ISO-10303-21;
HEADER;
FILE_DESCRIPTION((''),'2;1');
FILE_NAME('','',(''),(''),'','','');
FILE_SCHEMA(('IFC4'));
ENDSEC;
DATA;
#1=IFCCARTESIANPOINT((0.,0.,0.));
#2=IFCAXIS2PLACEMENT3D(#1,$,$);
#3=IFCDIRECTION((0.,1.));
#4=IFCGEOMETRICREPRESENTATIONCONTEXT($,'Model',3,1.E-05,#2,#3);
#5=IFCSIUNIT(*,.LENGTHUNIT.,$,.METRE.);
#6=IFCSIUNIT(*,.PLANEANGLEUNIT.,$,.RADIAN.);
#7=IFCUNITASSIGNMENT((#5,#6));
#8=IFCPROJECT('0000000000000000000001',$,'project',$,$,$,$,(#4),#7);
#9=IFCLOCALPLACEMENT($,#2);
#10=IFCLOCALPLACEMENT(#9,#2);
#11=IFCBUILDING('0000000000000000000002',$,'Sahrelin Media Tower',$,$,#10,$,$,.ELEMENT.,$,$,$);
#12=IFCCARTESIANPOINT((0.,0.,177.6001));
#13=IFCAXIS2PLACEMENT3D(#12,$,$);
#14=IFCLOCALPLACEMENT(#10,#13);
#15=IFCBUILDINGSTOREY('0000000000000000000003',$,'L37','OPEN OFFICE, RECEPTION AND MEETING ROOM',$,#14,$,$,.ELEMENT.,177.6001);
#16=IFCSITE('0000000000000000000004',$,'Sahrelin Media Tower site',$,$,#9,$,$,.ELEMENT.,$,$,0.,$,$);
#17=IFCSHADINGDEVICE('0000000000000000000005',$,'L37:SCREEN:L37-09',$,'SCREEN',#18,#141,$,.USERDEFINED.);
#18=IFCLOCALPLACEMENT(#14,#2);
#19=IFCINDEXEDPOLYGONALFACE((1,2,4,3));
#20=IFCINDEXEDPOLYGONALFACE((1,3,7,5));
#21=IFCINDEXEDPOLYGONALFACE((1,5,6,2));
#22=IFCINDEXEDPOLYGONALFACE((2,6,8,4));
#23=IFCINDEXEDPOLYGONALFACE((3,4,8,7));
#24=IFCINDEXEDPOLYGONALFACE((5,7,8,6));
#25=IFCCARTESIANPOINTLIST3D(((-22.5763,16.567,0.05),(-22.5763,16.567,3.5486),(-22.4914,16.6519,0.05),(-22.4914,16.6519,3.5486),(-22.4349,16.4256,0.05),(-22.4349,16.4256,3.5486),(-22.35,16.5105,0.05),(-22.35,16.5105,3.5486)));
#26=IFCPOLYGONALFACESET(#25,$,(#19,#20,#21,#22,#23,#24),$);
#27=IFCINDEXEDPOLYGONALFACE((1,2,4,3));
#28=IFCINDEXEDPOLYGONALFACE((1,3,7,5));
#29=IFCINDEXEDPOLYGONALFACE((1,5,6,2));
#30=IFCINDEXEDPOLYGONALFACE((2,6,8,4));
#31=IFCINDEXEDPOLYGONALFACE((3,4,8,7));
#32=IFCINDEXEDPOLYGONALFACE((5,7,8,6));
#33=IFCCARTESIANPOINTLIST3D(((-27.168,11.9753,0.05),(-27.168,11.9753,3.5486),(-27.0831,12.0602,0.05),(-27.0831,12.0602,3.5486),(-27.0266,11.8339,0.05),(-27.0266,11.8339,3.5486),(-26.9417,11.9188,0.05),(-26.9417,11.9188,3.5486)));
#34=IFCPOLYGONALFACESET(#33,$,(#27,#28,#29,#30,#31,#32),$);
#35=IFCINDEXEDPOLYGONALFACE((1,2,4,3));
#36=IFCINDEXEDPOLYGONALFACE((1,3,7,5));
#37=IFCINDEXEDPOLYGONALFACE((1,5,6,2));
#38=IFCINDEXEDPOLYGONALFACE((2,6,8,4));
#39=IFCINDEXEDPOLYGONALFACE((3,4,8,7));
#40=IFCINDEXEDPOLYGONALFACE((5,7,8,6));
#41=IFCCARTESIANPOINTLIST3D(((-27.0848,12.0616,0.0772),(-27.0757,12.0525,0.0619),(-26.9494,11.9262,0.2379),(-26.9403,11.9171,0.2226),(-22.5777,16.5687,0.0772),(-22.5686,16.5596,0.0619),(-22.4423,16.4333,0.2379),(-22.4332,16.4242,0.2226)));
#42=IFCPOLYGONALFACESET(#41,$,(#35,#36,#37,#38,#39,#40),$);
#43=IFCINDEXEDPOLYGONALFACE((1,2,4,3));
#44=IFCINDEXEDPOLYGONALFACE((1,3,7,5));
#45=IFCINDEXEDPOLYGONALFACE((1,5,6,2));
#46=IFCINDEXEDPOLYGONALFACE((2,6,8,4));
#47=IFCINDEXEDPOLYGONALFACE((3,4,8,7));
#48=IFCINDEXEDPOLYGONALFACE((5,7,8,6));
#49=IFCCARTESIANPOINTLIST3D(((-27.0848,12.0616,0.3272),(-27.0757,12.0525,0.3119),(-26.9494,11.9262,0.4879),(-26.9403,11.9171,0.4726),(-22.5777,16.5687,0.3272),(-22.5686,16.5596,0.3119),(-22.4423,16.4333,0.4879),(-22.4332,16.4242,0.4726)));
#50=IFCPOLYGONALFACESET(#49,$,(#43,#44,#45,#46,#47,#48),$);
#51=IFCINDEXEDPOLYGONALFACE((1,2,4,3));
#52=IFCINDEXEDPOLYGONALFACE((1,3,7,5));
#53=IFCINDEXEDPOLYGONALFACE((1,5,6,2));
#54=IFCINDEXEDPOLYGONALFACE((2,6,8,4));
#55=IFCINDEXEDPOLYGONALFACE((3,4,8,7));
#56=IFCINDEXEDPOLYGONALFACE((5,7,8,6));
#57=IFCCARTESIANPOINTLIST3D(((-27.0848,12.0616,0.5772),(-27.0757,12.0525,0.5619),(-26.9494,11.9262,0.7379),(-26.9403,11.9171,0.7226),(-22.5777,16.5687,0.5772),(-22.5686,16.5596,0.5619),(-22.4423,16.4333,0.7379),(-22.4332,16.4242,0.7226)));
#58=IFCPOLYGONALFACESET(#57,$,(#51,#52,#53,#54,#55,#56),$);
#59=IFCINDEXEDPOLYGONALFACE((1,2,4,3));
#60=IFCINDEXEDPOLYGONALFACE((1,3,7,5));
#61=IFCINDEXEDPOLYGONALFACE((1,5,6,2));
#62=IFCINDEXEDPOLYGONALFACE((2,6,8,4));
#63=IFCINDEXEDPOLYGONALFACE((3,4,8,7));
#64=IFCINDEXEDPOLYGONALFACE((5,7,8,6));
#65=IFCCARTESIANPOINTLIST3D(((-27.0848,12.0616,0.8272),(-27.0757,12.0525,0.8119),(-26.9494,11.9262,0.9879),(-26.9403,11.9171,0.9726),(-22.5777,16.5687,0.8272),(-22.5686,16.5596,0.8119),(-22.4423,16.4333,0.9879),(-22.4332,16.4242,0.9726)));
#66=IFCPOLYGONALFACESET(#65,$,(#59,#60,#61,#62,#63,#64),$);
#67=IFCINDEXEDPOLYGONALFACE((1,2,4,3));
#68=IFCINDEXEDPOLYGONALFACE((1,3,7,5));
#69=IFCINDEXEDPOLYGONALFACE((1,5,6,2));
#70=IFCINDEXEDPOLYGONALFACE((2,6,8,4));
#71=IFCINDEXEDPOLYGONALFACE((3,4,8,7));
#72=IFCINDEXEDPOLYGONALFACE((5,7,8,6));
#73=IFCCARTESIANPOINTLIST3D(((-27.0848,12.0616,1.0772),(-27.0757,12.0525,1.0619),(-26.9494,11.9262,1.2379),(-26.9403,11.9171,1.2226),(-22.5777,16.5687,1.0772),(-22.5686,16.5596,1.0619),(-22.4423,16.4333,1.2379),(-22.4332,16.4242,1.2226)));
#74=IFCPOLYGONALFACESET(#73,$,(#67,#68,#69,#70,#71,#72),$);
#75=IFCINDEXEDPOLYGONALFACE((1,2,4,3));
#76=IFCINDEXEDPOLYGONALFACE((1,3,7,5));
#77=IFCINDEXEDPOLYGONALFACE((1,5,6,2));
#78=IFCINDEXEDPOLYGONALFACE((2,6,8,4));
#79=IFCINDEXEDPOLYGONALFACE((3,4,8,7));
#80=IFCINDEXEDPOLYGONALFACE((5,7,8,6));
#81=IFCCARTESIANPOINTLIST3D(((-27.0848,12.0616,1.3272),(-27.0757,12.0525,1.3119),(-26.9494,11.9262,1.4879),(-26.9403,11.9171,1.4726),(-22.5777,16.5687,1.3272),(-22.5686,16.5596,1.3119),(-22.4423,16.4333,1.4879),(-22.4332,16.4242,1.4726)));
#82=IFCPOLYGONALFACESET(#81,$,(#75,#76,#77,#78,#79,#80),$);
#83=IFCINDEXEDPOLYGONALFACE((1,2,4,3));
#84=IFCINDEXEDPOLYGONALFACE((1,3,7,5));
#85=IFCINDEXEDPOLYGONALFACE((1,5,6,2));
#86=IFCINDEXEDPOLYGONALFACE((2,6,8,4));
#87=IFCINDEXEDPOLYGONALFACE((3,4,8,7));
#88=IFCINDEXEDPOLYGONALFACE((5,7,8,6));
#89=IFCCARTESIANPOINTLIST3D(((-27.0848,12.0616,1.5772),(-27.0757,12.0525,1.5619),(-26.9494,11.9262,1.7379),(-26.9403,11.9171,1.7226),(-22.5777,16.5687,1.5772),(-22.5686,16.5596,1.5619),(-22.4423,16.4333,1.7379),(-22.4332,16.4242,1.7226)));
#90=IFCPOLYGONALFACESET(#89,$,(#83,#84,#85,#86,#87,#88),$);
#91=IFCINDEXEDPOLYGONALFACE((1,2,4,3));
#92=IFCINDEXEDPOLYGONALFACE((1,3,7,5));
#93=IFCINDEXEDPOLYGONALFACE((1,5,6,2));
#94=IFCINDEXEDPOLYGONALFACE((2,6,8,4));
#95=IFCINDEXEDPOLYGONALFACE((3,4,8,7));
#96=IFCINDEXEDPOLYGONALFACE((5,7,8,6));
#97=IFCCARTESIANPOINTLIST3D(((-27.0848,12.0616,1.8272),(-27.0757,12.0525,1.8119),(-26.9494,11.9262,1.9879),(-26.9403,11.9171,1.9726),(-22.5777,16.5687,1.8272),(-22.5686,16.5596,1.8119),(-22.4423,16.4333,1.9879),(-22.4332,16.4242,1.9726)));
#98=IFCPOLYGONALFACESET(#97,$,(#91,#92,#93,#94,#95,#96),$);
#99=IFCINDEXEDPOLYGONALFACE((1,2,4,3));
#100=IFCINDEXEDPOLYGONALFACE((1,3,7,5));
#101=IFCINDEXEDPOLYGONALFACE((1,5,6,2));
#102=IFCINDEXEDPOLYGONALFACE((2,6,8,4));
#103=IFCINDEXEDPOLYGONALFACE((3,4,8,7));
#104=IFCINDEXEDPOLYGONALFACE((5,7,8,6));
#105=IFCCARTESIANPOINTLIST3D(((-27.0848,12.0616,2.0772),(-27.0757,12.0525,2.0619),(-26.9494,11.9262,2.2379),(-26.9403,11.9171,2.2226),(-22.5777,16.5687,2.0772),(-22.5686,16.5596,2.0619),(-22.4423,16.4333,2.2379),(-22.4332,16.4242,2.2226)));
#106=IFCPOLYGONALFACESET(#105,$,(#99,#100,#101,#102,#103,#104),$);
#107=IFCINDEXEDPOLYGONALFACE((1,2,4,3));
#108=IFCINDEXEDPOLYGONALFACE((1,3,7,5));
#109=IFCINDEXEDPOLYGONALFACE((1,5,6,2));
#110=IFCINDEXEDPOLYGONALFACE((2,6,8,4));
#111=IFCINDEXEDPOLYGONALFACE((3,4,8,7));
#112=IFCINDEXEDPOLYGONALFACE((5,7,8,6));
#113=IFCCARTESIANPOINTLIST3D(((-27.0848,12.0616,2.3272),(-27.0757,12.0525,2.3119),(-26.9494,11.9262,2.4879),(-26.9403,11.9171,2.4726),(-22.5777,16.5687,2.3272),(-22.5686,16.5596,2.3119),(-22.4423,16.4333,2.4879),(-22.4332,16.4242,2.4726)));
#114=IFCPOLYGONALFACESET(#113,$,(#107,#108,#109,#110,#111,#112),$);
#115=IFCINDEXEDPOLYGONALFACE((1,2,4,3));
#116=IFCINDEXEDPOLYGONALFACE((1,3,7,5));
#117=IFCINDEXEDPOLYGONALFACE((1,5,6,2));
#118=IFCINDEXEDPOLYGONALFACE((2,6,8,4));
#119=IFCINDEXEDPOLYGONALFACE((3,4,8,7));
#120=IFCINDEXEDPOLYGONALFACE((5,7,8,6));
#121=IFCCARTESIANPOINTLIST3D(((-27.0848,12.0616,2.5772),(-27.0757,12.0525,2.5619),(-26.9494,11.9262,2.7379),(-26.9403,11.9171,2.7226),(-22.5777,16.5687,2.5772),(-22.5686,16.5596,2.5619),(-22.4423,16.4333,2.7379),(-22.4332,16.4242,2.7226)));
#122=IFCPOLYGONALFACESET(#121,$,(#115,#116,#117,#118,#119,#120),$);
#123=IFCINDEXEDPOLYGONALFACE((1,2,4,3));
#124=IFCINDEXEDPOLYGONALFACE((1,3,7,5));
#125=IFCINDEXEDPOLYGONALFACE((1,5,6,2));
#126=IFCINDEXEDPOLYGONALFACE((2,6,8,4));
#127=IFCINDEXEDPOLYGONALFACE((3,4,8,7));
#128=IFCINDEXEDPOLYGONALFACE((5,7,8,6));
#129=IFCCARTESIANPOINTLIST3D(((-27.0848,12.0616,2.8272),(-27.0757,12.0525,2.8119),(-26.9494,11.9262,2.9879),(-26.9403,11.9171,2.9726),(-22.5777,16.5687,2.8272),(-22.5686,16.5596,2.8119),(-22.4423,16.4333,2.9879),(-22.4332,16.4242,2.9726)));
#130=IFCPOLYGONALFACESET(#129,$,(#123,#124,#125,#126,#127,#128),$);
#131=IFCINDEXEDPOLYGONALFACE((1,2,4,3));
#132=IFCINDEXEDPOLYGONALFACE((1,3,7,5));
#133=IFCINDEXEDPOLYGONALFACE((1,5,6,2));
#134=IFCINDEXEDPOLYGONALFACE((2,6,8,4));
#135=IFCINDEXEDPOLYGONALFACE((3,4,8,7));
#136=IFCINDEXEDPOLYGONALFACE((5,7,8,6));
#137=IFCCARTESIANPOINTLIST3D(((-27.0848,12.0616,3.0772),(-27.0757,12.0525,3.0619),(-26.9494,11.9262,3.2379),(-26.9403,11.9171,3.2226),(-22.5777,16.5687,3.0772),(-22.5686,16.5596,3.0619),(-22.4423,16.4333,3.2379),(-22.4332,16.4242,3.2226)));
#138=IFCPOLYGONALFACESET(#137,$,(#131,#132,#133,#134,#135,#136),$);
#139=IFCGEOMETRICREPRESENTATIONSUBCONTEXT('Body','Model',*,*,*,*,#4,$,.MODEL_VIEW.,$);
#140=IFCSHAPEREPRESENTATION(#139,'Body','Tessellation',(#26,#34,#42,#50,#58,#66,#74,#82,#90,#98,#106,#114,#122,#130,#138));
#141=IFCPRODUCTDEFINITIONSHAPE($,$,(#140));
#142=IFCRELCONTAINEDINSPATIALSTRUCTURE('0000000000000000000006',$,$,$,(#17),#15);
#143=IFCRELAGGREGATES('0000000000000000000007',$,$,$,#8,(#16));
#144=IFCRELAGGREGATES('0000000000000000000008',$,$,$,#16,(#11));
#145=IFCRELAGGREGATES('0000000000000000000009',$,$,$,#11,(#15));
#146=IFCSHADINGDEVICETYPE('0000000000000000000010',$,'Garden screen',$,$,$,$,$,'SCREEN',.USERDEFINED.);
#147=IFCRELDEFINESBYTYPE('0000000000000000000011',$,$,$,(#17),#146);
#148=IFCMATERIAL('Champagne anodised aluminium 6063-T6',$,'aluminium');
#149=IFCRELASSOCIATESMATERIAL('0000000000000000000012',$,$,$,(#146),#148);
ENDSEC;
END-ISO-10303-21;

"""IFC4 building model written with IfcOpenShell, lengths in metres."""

from ifc_helpers import new_model, si_unit, direction, frame, origin, origin_2d, place, context, subcontext, project, spatial, rectangle, extrude, material, type_object, element, save


model = new_model("IFC4")

# Units and contexts
model_context = context("Model", 3, precision=1e-05, world=origin(), true_north=direction((0.0, 1.0)))
body_context = subcontext(model_context, "Body", "Model", "MODEL_VIEW")
ifc_project = project(units=[si_unit("LENGTHUNIT", "METRE"), si_unit("PLANEANGLEUNIT", "RADIAN")], contexts=[model_context])

# Site, building, storey
site_placement = place(None, origin())
site = spatial("IfcSite", under=ifc_project, at=site_placement, Name="Sahrelin Media Tower site", CompositionType="ELEMENT", RefElevation=0.0)
building_placement = place(site_placement, origin())
building = spatial("IfcBuilding", under=site, at=building_placement, Name="Sahrelin Media Tower", CompositionType="ELEMENT")
storey_placement = place(building_placement, frame((0.0, 0.0, 177.6001)))
storey = spatial("IfcBuildingStorey", under=building, at=storey_placement, Name="L37", Description="OPEN OFFICE, RECEPTION AND MEETING ROOM", CompositionType="ELEMENT", Elevation=177.6001)

# Shading device
ifc_material_1 = material(Name="Champagne anodised aluminium 6063-T6", Category="aluminium")
shading_device_type = type_object("IfcShadingDeviceType", Name="Garden screen", ElementType="SCREEN", PredefinedType="USERDEFINED", material=ifc_material_1)
shading_device_1_placement = place(storey_placement, frame((-24.6882, 14.1721, 0.0), z_axis=(0.0, 0.0, 1.0), x_axis=(0.707107, 0.707107, 0.0)))
element("IfcShadingDevice", 1, at=shading_device_1_placement, inside=storey, type_object=shading_device_type, Name="L37:SCREEN:L37-09", ObjectType="SCREEN", PredefinedType="USERDEFINED", context=body_context, shape_type="SweptSolid", body=[
    extrude(rectangle(XDim=0.1201, YDim=0.2, at=origin_2d()), frame((3.2468, 0.1001, 0.05), z_axis=(0.0, 0.0, 1.0), x_axis=(1.0, 0.0, 0.0)), (0.0, 0.0, 1.0), 3.4985),
    extrude(rectangle(XDim=0.1201, YDim=0.2, at=origin_2d()), frame((-3.2468, 0.1001, 0.05), z_axis=(0.0, 0.0, 1.0), x_axis=(1.0, 0.0, 0.0)), (0.0, 0.0, 1.0), 3.4985),
    extrude(rectangle(XDim=0.25, YDim=0.02, at=origin_2d()), frame((3.187, 0.1001, 0.1499), z_axis=(-1.0, 0.0, 0.0), x_axis=(0.0, -0.766044, 0.642788)), (0.0, 0.0, 1.0), 6.374),
    extrude(rectangle(XDim=0.25, YDim=0.02, at=origin_2d()), frame((3.187, 0.1001, 0.3999), z_axis=(-1.0, 0.0, 0.0), x_axis=(0.0, -0.766044, 0.642788)), (0.0, 0.0, 1.0), 6.374),
    extrude(rectangle(XDim=0.25, YDim=0.02, at=origin_2d()), frame((3.187, 0.1001, 0.6499), z_axis=(-1.0, 0.0, 0.0), x_axis=(0.0, -0.766044, 0.642788)), (0.0, 0.0, 1.0), 6.374),
    extrude(rectangle(XDim=0.25, YDim=0.02, at=origin_2d()), frame((3.187, 0.1001, 0.8999), z_axis=(-1.0, 0.0, 0.0), x_axis=(0.0, -0.766044, 0.642788)), (0.0, 0.0, 1.0), 6.374),
    extrude(rectangle(XDim=0.25, YDim=0.02, at=origin_2d()), frame((3.187, 0.1001, 1.1499), z_axis=(-1.0, 0.0, 0.0), x_axis=(0.0, -0.766044, 0.642788)), (0.0, 0.0, 1.0), 6.374),
    extrude(rectangle(XDim=0.25, YDim=0.02, at=origin_2d()), frame((3.187, 0.1001, 1.3999), z_axis=(-1.0, 0.0, 0.0), x_axis=(0.0, -0.766044, 0.642788)), (0.0, 0.0, 1.0), 6.374),
    extrude(rectangle(XDim=0.25, YDim=0.02, at=origin_2d()), frame((3.187, 0.1001, 1.6499), z_axis=(-1.0, 0.0, 0.0), x_axis=(0.0, -0.766044, 0.642788)), (0.0, 0.0, 1.0), 6.374),
    extrude(rectangle(XDim=0.25, YDim=0.02, at=origin_2d()), frame((3.187, 0.1001, 1.8999), z_axis=(-1.0, 0.0, 0.0), x_axis=(0.0, -0.766044, 0.642788)), (0.0, 0.0, 1.0), 6.374),
    extrude(rectangle(XDim=0.25, YDim=0.02, at=origin_2d()), frame((3.187, 0.1001, 2.1499), z_axis=(-1.0, 0.0, 0.0), x_axis=(0.0, -0.766044, 0.642788)), (0.0, 0.0, 1.0), 6.374),
    extrude(rectangle(XDim=0.25, YDim=0.02, at=origin_2d()), frame((3.187, 0.1001, 2.3999), z_axis=(-1.0, 0.0, 0.0), x_axis=(0.0, -0.766044, 0.642788)), (0.0, 0.0, 1.0), 6.374),
    extrude(rectangle(XDim=0.25, YDim=0.02, at=origin_2d()), frame((3.187, 0.1001, 2.6499), z_axis=(-1.0, 0.0, 0.0), x_axis=(0.0, -0.766044, 0.642788)), (0.0, 0.0, 1.0), 6.374),
    extrude(rectangle(XDim=0.25, YDim=0.02, at=origin_2d()), frame((3.187, 0.1001, 2.8999), z_axis=(-1.0, 0.0, 0.0), x_axis=(0.0, -0.766044, 0.642788)), (0.0, 0.0, 1.0), 6.374),
    extrude(rectangle(XDim=0.25, YDim=0.02, at=origin_2d()), frame((3.187, 0.1001, 3.1499), z_axis=(-1.0, 0.0, 0.0), x_axis=(0.0, -0.766044, 0.642788)), (0.0, 0.0, 1.0), 6.374),
])

save(model, "model.ifc")
